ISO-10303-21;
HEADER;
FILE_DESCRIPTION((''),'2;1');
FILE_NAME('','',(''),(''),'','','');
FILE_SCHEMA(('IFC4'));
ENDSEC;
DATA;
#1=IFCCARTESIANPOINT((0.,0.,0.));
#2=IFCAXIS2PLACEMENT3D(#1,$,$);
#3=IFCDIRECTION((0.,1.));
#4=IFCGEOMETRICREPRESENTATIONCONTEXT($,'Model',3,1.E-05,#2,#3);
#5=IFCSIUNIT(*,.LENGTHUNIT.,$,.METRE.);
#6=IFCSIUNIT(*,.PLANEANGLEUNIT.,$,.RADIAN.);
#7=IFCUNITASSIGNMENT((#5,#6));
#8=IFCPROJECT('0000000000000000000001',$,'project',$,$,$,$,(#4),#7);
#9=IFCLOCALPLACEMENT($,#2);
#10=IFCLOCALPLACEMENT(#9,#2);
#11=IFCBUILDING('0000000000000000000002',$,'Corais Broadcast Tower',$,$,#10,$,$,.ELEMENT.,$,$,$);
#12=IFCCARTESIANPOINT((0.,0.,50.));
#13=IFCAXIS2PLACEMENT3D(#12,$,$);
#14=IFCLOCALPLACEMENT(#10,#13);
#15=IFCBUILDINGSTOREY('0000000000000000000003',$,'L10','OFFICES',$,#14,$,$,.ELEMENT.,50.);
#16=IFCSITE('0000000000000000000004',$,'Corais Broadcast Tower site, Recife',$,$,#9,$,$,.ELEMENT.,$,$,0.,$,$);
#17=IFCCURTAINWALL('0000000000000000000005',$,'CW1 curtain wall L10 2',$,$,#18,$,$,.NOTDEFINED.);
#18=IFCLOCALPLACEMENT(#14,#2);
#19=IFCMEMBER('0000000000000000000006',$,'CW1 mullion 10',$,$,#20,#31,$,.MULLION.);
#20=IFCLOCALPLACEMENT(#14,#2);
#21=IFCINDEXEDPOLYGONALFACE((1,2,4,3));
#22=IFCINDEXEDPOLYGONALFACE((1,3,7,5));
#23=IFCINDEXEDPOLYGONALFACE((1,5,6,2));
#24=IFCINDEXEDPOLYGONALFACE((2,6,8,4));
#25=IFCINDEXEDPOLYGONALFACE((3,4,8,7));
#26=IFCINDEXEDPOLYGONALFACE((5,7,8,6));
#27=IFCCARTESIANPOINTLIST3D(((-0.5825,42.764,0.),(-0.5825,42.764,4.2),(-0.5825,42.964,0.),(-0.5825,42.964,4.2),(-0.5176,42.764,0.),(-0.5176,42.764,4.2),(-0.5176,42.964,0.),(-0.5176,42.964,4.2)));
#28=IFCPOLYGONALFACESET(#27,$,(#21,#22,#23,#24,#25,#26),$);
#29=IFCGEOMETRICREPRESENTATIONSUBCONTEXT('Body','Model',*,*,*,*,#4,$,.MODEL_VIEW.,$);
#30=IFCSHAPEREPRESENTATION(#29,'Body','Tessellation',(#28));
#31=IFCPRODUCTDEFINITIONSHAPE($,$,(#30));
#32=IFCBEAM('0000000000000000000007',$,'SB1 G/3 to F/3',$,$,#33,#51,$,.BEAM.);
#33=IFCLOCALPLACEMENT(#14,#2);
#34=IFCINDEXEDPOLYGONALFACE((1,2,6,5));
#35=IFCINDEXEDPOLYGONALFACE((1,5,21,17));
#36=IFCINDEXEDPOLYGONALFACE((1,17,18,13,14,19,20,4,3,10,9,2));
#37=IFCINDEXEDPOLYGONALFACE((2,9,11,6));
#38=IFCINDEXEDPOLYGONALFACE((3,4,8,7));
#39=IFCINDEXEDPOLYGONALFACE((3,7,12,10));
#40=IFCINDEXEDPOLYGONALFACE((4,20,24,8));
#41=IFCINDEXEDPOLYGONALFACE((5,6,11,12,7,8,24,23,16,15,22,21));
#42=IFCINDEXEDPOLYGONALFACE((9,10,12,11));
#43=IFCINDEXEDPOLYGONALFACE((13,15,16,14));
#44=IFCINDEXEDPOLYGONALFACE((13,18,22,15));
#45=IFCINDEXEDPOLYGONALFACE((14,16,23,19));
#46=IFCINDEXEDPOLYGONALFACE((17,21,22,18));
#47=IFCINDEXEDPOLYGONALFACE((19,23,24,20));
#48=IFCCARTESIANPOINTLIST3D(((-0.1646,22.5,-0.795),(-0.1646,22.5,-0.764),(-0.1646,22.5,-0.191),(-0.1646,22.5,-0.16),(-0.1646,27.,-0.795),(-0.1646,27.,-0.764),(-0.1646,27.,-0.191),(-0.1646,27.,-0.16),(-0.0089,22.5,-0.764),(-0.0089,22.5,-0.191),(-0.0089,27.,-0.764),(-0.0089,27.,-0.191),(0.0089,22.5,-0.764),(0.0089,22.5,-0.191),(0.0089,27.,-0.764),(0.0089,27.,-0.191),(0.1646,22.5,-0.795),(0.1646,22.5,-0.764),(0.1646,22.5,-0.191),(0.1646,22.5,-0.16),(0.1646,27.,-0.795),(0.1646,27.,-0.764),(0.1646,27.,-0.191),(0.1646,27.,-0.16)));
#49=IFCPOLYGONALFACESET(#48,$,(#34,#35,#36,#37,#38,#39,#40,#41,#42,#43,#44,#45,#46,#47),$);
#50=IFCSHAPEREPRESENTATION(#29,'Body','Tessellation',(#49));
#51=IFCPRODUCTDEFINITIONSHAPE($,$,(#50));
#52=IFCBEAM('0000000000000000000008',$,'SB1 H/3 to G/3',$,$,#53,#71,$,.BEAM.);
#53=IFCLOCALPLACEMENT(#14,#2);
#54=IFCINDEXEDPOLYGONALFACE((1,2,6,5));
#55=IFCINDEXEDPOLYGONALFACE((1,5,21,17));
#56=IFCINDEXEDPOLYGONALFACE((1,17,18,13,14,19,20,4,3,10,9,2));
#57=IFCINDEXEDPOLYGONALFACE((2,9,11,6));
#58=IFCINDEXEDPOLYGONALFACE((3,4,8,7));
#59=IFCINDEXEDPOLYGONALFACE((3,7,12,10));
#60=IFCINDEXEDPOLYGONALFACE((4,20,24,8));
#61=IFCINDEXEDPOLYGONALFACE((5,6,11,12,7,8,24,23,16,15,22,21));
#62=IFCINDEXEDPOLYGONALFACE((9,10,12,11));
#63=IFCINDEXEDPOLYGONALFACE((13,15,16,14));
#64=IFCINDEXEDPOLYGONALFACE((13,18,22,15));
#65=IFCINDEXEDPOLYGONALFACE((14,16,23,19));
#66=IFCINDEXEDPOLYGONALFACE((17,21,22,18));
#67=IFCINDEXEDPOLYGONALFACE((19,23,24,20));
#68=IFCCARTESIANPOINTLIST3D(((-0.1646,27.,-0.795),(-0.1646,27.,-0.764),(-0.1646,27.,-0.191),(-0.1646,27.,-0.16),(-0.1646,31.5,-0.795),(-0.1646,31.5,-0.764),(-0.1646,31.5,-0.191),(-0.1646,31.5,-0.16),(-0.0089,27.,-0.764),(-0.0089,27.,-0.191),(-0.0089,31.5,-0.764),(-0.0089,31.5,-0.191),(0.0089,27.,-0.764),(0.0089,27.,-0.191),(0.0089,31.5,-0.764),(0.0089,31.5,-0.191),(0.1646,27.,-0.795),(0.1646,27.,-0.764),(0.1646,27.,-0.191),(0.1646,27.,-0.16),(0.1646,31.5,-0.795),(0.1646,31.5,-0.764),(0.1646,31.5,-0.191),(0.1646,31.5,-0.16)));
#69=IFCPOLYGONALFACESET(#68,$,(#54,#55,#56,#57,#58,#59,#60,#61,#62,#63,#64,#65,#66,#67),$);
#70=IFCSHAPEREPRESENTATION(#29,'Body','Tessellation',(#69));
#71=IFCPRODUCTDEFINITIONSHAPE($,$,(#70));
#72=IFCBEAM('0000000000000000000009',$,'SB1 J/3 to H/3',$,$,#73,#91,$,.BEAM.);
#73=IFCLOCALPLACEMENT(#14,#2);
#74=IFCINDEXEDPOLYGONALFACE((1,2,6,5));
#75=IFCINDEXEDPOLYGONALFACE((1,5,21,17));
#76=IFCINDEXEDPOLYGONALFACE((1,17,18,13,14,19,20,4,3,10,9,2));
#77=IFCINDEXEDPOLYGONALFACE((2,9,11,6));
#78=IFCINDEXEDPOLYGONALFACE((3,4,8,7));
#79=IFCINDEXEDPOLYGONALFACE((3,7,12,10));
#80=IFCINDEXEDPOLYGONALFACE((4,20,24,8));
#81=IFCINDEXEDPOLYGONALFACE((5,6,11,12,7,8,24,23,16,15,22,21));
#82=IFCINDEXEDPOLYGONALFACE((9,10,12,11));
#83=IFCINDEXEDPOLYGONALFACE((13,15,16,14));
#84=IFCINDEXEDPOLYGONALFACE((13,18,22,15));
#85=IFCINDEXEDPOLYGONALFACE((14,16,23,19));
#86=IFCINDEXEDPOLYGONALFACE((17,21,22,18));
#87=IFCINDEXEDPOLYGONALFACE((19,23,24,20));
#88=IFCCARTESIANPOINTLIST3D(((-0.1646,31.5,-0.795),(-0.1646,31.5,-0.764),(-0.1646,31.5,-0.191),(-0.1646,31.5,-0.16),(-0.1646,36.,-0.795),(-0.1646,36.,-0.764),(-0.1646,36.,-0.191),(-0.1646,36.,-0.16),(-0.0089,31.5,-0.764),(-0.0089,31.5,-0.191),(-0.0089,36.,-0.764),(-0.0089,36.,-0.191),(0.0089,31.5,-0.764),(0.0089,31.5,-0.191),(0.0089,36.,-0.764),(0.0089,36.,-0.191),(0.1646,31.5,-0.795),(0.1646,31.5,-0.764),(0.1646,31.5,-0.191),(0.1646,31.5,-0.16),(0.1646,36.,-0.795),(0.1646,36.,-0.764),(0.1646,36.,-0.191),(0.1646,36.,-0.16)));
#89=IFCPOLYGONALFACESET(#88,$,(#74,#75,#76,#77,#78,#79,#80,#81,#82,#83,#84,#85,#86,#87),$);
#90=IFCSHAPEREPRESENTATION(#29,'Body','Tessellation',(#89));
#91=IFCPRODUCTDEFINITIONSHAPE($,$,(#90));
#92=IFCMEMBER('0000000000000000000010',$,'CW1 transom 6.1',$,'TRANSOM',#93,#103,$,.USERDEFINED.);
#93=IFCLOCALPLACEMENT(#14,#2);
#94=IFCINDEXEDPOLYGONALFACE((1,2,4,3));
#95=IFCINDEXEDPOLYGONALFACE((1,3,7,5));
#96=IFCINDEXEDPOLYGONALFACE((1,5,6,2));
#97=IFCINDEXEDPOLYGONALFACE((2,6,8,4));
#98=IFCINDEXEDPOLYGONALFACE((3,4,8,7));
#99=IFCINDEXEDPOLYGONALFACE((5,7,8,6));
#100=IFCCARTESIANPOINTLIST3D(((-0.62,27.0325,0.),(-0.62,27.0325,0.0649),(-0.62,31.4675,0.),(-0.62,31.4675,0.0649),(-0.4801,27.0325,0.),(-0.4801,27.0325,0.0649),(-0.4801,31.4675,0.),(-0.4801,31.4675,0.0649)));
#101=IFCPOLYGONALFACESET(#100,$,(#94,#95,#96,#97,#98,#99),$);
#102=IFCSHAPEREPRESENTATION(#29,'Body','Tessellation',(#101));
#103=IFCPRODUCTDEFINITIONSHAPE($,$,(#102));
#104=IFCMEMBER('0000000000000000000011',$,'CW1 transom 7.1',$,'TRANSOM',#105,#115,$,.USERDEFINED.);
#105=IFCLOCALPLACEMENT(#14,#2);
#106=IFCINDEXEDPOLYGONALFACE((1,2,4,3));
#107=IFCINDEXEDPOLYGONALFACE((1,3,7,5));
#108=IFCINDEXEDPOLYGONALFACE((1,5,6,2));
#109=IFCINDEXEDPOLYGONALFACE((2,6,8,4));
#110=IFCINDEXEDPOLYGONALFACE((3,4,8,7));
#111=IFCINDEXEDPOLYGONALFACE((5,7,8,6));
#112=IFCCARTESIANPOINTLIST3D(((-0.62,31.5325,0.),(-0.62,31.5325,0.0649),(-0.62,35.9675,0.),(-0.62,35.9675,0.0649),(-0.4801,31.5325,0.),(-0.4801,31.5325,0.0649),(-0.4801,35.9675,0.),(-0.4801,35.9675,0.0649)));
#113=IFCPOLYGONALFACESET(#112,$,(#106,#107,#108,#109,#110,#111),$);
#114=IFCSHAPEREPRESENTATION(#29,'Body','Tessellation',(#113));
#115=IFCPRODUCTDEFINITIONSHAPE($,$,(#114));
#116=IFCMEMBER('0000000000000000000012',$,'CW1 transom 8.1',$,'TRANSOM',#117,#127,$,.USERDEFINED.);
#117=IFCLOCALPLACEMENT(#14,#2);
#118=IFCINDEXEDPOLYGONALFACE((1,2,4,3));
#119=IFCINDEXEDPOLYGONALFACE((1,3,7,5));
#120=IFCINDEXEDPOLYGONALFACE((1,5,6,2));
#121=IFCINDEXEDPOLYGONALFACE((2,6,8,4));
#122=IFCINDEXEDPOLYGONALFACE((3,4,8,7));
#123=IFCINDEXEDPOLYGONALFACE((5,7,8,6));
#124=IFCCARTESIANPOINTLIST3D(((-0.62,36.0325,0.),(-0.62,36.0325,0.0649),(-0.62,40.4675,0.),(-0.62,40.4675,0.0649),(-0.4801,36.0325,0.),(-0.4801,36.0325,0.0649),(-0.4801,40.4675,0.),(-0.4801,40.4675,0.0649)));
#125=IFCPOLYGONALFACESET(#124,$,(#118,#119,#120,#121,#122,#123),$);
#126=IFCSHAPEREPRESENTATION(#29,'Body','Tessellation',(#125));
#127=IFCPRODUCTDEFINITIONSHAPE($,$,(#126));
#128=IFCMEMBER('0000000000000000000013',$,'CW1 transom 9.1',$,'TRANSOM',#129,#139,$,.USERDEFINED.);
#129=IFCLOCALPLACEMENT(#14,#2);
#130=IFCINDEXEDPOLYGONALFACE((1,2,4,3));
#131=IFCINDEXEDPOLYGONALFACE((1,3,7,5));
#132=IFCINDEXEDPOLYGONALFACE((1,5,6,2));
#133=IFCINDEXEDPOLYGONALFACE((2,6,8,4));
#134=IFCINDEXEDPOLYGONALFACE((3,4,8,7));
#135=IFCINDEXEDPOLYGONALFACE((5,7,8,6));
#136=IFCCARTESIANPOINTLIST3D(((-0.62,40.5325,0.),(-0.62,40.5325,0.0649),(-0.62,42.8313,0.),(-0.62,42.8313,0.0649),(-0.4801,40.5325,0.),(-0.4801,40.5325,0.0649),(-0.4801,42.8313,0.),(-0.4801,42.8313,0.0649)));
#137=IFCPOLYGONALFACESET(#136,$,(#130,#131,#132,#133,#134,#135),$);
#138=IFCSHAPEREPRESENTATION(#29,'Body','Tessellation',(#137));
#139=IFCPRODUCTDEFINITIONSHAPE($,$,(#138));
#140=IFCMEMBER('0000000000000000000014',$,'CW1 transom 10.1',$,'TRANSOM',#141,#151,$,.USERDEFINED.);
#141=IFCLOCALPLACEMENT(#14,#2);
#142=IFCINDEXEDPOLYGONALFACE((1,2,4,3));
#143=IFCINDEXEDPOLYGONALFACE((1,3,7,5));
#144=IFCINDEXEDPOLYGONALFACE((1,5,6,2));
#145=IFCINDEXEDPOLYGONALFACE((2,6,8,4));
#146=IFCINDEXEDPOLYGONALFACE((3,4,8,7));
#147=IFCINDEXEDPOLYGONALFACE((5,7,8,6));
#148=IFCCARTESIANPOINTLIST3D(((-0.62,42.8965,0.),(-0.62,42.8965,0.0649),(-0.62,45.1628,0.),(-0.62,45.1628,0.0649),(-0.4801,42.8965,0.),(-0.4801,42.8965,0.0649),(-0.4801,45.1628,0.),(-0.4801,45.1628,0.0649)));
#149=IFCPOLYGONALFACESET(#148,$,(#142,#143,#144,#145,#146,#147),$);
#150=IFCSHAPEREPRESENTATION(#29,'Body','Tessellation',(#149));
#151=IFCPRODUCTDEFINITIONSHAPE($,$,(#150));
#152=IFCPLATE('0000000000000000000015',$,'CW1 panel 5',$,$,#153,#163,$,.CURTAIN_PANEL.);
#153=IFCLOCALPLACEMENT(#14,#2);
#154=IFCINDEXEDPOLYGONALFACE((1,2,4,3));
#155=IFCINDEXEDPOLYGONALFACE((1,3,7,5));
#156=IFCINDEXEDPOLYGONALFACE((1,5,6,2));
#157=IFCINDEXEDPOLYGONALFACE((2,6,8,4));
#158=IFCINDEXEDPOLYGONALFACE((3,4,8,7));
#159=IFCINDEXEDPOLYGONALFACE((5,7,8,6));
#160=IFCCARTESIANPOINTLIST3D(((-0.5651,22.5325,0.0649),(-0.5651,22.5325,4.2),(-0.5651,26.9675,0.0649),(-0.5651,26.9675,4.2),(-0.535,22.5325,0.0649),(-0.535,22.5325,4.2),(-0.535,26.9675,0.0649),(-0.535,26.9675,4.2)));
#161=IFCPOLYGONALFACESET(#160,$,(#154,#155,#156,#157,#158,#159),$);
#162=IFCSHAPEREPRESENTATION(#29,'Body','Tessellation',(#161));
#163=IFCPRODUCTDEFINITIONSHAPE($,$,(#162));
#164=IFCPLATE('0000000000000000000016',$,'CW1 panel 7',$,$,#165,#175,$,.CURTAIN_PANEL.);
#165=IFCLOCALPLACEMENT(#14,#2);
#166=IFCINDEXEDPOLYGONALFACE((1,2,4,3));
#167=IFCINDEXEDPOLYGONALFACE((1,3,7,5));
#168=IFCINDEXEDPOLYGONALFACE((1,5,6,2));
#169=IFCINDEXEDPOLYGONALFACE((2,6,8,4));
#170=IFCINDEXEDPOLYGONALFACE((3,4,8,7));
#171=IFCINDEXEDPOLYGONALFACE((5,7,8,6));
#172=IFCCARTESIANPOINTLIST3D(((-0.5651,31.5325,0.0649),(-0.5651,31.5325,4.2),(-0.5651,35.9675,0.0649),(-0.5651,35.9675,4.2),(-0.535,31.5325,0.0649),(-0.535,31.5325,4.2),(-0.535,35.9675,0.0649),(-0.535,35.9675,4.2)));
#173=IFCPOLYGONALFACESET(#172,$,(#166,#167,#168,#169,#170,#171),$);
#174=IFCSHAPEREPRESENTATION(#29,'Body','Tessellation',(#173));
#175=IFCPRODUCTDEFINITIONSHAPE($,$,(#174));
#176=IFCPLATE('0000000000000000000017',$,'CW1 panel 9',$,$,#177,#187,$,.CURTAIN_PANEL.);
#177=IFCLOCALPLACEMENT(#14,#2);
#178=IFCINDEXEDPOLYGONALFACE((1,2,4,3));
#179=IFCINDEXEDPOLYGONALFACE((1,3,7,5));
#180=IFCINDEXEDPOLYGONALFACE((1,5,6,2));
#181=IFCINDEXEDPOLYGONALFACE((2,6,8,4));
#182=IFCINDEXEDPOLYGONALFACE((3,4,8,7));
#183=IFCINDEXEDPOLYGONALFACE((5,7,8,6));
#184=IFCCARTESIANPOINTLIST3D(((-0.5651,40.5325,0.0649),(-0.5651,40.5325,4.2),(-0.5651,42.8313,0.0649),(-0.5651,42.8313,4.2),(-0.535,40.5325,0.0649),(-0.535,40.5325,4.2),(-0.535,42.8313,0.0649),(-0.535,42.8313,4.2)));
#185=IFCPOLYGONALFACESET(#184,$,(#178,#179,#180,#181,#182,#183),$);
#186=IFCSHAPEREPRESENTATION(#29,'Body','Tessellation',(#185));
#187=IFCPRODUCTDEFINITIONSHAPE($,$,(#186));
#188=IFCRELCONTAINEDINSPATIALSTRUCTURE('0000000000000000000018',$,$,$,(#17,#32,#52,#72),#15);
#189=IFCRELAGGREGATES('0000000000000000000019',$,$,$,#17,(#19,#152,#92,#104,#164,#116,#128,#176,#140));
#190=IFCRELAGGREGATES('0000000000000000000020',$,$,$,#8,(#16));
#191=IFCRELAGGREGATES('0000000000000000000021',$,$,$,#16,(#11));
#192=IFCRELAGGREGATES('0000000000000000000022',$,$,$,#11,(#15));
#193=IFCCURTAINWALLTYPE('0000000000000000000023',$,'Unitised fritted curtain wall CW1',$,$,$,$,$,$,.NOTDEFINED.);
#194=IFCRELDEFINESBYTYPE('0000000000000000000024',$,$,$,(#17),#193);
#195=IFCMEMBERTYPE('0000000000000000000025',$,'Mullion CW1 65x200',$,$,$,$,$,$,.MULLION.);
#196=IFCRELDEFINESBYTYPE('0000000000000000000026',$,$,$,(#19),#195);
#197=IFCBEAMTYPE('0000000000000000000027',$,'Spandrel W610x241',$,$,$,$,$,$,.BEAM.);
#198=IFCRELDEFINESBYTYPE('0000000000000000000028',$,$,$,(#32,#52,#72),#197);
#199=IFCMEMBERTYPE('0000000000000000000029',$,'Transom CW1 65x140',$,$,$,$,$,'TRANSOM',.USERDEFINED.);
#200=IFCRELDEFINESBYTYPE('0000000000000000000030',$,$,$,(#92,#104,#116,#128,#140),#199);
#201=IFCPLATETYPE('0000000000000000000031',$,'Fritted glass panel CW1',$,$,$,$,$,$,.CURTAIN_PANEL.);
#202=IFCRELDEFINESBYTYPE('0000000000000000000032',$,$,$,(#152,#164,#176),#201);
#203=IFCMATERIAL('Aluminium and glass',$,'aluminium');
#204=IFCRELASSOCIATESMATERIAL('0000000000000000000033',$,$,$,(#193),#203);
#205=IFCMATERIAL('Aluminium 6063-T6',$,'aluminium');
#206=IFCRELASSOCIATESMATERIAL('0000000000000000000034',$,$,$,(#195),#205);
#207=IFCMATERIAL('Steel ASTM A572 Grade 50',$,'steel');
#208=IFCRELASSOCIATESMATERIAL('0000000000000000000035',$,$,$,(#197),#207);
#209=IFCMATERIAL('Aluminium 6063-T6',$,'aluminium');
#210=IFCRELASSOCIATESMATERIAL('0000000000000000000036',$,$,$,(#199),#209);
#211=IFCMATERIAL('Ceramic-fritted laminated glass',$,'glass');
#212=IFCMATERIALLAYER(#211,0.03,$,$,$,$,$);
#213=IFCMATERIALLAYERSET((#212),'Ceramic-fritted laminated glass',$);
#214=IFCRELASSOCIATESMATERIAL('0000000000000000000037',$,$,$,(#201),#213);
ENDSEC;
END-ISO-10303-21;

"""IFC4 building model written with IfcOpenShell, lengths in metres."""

from ifc_helpers import new_model, si_unit, direction, frame, origin, origin_2d, place, context, subcontext, project, spatial, rectangle, i_section, extrude, material, layer, layer_set, material_profile, profile_set, type_object, element, aggregate, save


model = new_model("IFC4")

# Units and contexts
model_context = context("Model", 3, precision=1e-05, world=origin(), true_north=direction((0.0, 1.0)))
body_context = subcontext(model_context, "Body", "Model", "MODEL_VIEW")
ifc_project = project(units=[si_unit("LENGTHUNIT", "METRE"), si_unit("PLANEANGLEUNIT", "RADIAN")], contexts=[model_context])

# Site, building, storey
site_placement = place(None, origin())
site = spatial("IfcSite", under=ifc_project, at=site_placement, Name="Corais Broadcast Tower site, Recife", CompositionType="ELEMENT", RefElevation=0.0)
building_placement = place(site_placement, origin())
building = spatial("IfcBuilding", under=site, at=building_placement, Name="Corais Broadcast Tower", CompositionType="ELEMENT")
storey_placement = place(building_placement, frame((0.0, 0.0, 50.0)))
storey = spatial("IfcBuildingStorey", under=building, at=storey_placement, Name="L10", Description="OFFICES", CompositionType="ELEMENT", Elevation=50.0)

# Curtain wall, member
ifc_material_1 = material(Name="Aluminium and glass", Category="aluminium")
curtain_wall_type = type_object("IfcCurtainWallType", Name="Unitised fritted curtain wall CW1", PredefinedType="NOTDEFINED", material=ifc_material_1)
curtain_wall_placement = place(storey_placement, origin())
curtain_wall = element("IfcCurtainWall", 1, at=curtain_wall_placement, inside=storey, type_object=curtain_wall_type, Name="CW1 curtain wall L10 2", PredefinedType="NOTDEFINED")
ifc_material_2 = material(Name="Aluminium 6063-T6", Category="aluminium")
ifc_material_profile_1 = material_profile(ifc_material_2, rectangle(XDim=0.0649, YDim=0.2, at=origin_2d()), Name="Mullion CW1 65x200")
ifc_profile_set_1 = profile_set([ifc_material_profile_1], Name="Aluminium 6063-T6")
member_type_1 = type_object("IfcMemberType", Name="Mullion CW1 65x200", PredefinedType="MULLION", material=ifc_profile_set_1)
member_1_placement = place(storey_placement, frame((-0.55, 42.864, 0.0), z_axis=(0.0, 0.0, 1.0), x_axis=(-1.0, 0.0, 0.0)))
member_1 = element("IfcMember", 2, at=member_1_placement, type_object=member_type_1, Name="CW1 mullion 10", PredefinedType="MULLION", context=body_context, shape_type="SweptSolid", body=[
    extrude(rectangle(XDim=0.0649, YDim=0.2, at=origin_2d()), origin(), (0.0, 0.0, 1.0), 4.2),
])

# Beams
ifc_material_3 = material(Name="Steel ASTM A572 Grade 50", Category="steel")
ifc_material_profile_2 = material_profile(ifc_material_3, i_section(OverallWidth=0.3291, OverallDepth=0.635, WebThickness=0.0178, FlangeThickness=0.031, at=origin_2d()), Name="W610x241")
ifc_profile_set_2 = profile_set([ifc_material_profile_2], Name="Steel ASTM A572 Grade 50")
beam_type_1 = type_object("IfcBeamType", Name="Spandrel W610x241", PredefinedType="BEAM", material=ifc_profile_set_2)
for number, where, z_axis, x_axis, name in (
    (3, (0.0, 27.0, -0.4775), (0.0, -1.0, 0.0), (1.0, 0.0, 0.0), "SB1 G/3 to F/3"),
    (4, (0.0, 31.5, -0.4775), (0.0, -1.0, 0.0), (1.0, 0.0, 0.0), "SB1 H/3 to G/3"),
    (5, (0.0, 36.0, -0.4775), (0.0, -1.0, 0.0), (1.0, 0.0, 0.0), "SB1 J/3 to H/3"),
):
    element("IfcBeam", number, at=place(storey_placement, frame(where, z_axis=z_axis, x_axis=x_axis)), inside=storey, type_object=beam_type_1, Name=name, PredefinedType="BEAM", context=body_context, shape_type="SweptSolid", body=[
        extrude(i_section(OverallWidth=0.3291, OverallDepth=0.635, WebThickness=0.0178, FlangeThickness=0.031, at=origin_2d()), origin(), (0.0, 0.0, 1.0), 4.5),
    ])

# Members
ifc_material_4 = material(Name="Aluminium 6063-T6", Category="aluminium")
ifc_material_profile_3 = material_profile(ifc_material_4, rectangle(XDim=0.1399, YDim=0.0649, at=origin_2d()), Name="Transom CW1 65x140")
ifc_profile_set_3 = profile_set([ifc_material_profile_3], Name="Aluminium 6063-T6")
member_type_2 = type_object("IfcMemberType", Name="Transom CW1 65x140", ElementType="TRANSOM", PredefinedType="USERDEFINED", material=ifc_profile_set_3)
member_2_placement = place(storey_placement, frame((-0.55, 27.0325, 0.0325), z_axis=(0.0, 1.0, 0.0), x_axis=(-1.0, 0.0, 0.0)))
member_2 = element("IfcMember", 6, at=member_2_placement, type_object=member_type_2, Name="CW1 transom 6.1", ObjectType="TRANSOM", PredefinedType="USERDEFINED", context=body_context, shape_type="SweptSolid", body=[
    extrude(rectangle(XDim=0.1399, YDim=0.0649, at=origin_2d()), origin(), (0.0, 0.0, 1.0), 4.4351),
])
member_3_placement = place(storey_placement, frame((-0.55, 31.5325, 0.0325), z_axis=(0.0, 1.0, 0.0), x_axis=(-1.0, 0.0, 0.0)))
member_3 = element("IfcMember", 7, at=member_3_placement, type_object=member_type_2, Name="CW1 transom 7.1", ObjectType="TRANSOM", PredefinedType="USERDEFINED", context=body_context, shape_type="SweptSolid", body=[
    extrude(rectangle(XDim=0.1399, YDim=0.0649, at=origin_2d()), origin(), (0.0, 0.0, 1.0), 4.4351),
])
member_4_placement = place(storey_placement, frame((-0.55, 36.0325, 0.0325), z_axis=(0.0, 1.0, 0.0), x_axis=(-1.0, 0.0, 0.0)))
member_4 = element("IfcMember", 8, at=member_4_placement, type_object=member_type_2, Name="CW1 transom 8.1", ObjectType="TRANSOM", PredefinedType="USERDEFINED", context=body_context, shape_type="SweptSolid", body=[
    extrude(rectangle(XDim=0.1399, YDim=0.0649, at=origin_2d()), origin(), (0.0, 0.0, 1.0), 4.4351),
])
member_5_placement = place(storey_placement, frame((-0.55, 40.5325, 0.0325), z_axis=(0.0, 1.0, 0.0), x_axis=(-1.0, 0.0, 0.0)))
member_5 = element("IfcMember", 9, at=member_5_placement, type_object=member_type_2, Name="CW1 transom 9.1", ObjectType="TRANSOM", PredefinedType="USERDEFINED", context=body_context, shape_type="SweptSolid", body=[
    extrude(rectangle(XDim=0.1399, YDim=0.0649, at=origin_2d()), origin(), (0.0, 0.0, 1.0), 2.2988),
])
member_6_placement = place(storey_placement, frame((-0.55, 42.8965, 0.0325), z_axis=(0.0, 1.0, 0.0), x_axis=(-1.0, 0.0, 0.0)))
member_6 = element("IfcMember", 10, at=member_6_placement, type_object=member_type_2, Name="CW1 transom 10.1", ObjectType="TRANSOM", PredefinedType="USERDEFINED", context=body_context, shape_type="SweptSolid", body=[
    extrude(rectangle(XDim=0.1399, YDim=0.0649, at=origin_2d()), origin(), (0.0, 0.0, 1.0), 2.2664),
])

# Plates
ifc_material_5 = material(Name="Ceramic-fritted laminated glass", Category="glass")
ifc_layer_1 = layer(ifc_material_5, 0.03)
ifc_layer_set_1 = layer_set([ifc_layer_1], Name="Ceramic-fritted laminated glass")
plate_type_1 = type_object("IfcPlateType", Name="Fritted glass panel CW1", PredefinedType="CURTAIN_PANEL", material=ifc_layer_set_1)
plate_1_placement = place(storey_placement, frame((-0.55, 24.75, 0.0649), z_axis=(0.0, 0.0, 1.0), x_axis=(0.0, 1.0, 0.0)))
plate_1 = element("IfcPlate", 11, at=plate_1_placement, type_object=plate_type_1, Name="CW1 panel 5", PredefinedType="CURTAIN_PANEL", context=body_context, shape_type="SweptSolid", body=[
    extrude(rectangle(XDim=4.4351, YDim=0.03, at=origin_2d()), origin(), (0.0, 0.0, 1.0), 4.135),
])
plate_2_placement = place(storey_placement, frame((-0.55, 33.75, 0.0649), z_axis=(0.0, 0.0, 1.0), x_axis=(0.0, 1.0, 0.0)))
plate_2 = element("IfcPlate", 12, at=plate_2_placement, type_object=plate_type_1, Name="CW1 panel 7", PredefinedType="CURTAIN_PANEL", context=body_context, shape_type="SweptSolid", body=[
    extrude(rectangle(XDim=4.4351, YDim=0.03, at=origin_2d()), origin(), (0.0, 0.0, 1.0), 4.135),
])
plate_3_placement = place(storey_placement, frame((-0.55, 41.6819, 0.0649), z_axis=(0.0, 0.0, 1.0), x_axis=(0.0, 1.0, 0.0)))
plate_3 = element("IfcPlate", 13, at=plate_3_placement, type_object=plate_type_1, Name="CW1 panel 9", PredefinedType="CURTAIN_PANEL", context=body_context, shape_type="SweptSolid", body=[
    extrude(rectangle(XDim=2.2988, YDim=0.03, at=origin_2d()), origin(), (0.0, 0.0, 1.0), 4.135),
])
aggregate(curtain_wall, [member_1, plate_1, member_2, member_3, plate_2, member_4, member_5, plate_3, member_6])

save(model, "model.ifc")
